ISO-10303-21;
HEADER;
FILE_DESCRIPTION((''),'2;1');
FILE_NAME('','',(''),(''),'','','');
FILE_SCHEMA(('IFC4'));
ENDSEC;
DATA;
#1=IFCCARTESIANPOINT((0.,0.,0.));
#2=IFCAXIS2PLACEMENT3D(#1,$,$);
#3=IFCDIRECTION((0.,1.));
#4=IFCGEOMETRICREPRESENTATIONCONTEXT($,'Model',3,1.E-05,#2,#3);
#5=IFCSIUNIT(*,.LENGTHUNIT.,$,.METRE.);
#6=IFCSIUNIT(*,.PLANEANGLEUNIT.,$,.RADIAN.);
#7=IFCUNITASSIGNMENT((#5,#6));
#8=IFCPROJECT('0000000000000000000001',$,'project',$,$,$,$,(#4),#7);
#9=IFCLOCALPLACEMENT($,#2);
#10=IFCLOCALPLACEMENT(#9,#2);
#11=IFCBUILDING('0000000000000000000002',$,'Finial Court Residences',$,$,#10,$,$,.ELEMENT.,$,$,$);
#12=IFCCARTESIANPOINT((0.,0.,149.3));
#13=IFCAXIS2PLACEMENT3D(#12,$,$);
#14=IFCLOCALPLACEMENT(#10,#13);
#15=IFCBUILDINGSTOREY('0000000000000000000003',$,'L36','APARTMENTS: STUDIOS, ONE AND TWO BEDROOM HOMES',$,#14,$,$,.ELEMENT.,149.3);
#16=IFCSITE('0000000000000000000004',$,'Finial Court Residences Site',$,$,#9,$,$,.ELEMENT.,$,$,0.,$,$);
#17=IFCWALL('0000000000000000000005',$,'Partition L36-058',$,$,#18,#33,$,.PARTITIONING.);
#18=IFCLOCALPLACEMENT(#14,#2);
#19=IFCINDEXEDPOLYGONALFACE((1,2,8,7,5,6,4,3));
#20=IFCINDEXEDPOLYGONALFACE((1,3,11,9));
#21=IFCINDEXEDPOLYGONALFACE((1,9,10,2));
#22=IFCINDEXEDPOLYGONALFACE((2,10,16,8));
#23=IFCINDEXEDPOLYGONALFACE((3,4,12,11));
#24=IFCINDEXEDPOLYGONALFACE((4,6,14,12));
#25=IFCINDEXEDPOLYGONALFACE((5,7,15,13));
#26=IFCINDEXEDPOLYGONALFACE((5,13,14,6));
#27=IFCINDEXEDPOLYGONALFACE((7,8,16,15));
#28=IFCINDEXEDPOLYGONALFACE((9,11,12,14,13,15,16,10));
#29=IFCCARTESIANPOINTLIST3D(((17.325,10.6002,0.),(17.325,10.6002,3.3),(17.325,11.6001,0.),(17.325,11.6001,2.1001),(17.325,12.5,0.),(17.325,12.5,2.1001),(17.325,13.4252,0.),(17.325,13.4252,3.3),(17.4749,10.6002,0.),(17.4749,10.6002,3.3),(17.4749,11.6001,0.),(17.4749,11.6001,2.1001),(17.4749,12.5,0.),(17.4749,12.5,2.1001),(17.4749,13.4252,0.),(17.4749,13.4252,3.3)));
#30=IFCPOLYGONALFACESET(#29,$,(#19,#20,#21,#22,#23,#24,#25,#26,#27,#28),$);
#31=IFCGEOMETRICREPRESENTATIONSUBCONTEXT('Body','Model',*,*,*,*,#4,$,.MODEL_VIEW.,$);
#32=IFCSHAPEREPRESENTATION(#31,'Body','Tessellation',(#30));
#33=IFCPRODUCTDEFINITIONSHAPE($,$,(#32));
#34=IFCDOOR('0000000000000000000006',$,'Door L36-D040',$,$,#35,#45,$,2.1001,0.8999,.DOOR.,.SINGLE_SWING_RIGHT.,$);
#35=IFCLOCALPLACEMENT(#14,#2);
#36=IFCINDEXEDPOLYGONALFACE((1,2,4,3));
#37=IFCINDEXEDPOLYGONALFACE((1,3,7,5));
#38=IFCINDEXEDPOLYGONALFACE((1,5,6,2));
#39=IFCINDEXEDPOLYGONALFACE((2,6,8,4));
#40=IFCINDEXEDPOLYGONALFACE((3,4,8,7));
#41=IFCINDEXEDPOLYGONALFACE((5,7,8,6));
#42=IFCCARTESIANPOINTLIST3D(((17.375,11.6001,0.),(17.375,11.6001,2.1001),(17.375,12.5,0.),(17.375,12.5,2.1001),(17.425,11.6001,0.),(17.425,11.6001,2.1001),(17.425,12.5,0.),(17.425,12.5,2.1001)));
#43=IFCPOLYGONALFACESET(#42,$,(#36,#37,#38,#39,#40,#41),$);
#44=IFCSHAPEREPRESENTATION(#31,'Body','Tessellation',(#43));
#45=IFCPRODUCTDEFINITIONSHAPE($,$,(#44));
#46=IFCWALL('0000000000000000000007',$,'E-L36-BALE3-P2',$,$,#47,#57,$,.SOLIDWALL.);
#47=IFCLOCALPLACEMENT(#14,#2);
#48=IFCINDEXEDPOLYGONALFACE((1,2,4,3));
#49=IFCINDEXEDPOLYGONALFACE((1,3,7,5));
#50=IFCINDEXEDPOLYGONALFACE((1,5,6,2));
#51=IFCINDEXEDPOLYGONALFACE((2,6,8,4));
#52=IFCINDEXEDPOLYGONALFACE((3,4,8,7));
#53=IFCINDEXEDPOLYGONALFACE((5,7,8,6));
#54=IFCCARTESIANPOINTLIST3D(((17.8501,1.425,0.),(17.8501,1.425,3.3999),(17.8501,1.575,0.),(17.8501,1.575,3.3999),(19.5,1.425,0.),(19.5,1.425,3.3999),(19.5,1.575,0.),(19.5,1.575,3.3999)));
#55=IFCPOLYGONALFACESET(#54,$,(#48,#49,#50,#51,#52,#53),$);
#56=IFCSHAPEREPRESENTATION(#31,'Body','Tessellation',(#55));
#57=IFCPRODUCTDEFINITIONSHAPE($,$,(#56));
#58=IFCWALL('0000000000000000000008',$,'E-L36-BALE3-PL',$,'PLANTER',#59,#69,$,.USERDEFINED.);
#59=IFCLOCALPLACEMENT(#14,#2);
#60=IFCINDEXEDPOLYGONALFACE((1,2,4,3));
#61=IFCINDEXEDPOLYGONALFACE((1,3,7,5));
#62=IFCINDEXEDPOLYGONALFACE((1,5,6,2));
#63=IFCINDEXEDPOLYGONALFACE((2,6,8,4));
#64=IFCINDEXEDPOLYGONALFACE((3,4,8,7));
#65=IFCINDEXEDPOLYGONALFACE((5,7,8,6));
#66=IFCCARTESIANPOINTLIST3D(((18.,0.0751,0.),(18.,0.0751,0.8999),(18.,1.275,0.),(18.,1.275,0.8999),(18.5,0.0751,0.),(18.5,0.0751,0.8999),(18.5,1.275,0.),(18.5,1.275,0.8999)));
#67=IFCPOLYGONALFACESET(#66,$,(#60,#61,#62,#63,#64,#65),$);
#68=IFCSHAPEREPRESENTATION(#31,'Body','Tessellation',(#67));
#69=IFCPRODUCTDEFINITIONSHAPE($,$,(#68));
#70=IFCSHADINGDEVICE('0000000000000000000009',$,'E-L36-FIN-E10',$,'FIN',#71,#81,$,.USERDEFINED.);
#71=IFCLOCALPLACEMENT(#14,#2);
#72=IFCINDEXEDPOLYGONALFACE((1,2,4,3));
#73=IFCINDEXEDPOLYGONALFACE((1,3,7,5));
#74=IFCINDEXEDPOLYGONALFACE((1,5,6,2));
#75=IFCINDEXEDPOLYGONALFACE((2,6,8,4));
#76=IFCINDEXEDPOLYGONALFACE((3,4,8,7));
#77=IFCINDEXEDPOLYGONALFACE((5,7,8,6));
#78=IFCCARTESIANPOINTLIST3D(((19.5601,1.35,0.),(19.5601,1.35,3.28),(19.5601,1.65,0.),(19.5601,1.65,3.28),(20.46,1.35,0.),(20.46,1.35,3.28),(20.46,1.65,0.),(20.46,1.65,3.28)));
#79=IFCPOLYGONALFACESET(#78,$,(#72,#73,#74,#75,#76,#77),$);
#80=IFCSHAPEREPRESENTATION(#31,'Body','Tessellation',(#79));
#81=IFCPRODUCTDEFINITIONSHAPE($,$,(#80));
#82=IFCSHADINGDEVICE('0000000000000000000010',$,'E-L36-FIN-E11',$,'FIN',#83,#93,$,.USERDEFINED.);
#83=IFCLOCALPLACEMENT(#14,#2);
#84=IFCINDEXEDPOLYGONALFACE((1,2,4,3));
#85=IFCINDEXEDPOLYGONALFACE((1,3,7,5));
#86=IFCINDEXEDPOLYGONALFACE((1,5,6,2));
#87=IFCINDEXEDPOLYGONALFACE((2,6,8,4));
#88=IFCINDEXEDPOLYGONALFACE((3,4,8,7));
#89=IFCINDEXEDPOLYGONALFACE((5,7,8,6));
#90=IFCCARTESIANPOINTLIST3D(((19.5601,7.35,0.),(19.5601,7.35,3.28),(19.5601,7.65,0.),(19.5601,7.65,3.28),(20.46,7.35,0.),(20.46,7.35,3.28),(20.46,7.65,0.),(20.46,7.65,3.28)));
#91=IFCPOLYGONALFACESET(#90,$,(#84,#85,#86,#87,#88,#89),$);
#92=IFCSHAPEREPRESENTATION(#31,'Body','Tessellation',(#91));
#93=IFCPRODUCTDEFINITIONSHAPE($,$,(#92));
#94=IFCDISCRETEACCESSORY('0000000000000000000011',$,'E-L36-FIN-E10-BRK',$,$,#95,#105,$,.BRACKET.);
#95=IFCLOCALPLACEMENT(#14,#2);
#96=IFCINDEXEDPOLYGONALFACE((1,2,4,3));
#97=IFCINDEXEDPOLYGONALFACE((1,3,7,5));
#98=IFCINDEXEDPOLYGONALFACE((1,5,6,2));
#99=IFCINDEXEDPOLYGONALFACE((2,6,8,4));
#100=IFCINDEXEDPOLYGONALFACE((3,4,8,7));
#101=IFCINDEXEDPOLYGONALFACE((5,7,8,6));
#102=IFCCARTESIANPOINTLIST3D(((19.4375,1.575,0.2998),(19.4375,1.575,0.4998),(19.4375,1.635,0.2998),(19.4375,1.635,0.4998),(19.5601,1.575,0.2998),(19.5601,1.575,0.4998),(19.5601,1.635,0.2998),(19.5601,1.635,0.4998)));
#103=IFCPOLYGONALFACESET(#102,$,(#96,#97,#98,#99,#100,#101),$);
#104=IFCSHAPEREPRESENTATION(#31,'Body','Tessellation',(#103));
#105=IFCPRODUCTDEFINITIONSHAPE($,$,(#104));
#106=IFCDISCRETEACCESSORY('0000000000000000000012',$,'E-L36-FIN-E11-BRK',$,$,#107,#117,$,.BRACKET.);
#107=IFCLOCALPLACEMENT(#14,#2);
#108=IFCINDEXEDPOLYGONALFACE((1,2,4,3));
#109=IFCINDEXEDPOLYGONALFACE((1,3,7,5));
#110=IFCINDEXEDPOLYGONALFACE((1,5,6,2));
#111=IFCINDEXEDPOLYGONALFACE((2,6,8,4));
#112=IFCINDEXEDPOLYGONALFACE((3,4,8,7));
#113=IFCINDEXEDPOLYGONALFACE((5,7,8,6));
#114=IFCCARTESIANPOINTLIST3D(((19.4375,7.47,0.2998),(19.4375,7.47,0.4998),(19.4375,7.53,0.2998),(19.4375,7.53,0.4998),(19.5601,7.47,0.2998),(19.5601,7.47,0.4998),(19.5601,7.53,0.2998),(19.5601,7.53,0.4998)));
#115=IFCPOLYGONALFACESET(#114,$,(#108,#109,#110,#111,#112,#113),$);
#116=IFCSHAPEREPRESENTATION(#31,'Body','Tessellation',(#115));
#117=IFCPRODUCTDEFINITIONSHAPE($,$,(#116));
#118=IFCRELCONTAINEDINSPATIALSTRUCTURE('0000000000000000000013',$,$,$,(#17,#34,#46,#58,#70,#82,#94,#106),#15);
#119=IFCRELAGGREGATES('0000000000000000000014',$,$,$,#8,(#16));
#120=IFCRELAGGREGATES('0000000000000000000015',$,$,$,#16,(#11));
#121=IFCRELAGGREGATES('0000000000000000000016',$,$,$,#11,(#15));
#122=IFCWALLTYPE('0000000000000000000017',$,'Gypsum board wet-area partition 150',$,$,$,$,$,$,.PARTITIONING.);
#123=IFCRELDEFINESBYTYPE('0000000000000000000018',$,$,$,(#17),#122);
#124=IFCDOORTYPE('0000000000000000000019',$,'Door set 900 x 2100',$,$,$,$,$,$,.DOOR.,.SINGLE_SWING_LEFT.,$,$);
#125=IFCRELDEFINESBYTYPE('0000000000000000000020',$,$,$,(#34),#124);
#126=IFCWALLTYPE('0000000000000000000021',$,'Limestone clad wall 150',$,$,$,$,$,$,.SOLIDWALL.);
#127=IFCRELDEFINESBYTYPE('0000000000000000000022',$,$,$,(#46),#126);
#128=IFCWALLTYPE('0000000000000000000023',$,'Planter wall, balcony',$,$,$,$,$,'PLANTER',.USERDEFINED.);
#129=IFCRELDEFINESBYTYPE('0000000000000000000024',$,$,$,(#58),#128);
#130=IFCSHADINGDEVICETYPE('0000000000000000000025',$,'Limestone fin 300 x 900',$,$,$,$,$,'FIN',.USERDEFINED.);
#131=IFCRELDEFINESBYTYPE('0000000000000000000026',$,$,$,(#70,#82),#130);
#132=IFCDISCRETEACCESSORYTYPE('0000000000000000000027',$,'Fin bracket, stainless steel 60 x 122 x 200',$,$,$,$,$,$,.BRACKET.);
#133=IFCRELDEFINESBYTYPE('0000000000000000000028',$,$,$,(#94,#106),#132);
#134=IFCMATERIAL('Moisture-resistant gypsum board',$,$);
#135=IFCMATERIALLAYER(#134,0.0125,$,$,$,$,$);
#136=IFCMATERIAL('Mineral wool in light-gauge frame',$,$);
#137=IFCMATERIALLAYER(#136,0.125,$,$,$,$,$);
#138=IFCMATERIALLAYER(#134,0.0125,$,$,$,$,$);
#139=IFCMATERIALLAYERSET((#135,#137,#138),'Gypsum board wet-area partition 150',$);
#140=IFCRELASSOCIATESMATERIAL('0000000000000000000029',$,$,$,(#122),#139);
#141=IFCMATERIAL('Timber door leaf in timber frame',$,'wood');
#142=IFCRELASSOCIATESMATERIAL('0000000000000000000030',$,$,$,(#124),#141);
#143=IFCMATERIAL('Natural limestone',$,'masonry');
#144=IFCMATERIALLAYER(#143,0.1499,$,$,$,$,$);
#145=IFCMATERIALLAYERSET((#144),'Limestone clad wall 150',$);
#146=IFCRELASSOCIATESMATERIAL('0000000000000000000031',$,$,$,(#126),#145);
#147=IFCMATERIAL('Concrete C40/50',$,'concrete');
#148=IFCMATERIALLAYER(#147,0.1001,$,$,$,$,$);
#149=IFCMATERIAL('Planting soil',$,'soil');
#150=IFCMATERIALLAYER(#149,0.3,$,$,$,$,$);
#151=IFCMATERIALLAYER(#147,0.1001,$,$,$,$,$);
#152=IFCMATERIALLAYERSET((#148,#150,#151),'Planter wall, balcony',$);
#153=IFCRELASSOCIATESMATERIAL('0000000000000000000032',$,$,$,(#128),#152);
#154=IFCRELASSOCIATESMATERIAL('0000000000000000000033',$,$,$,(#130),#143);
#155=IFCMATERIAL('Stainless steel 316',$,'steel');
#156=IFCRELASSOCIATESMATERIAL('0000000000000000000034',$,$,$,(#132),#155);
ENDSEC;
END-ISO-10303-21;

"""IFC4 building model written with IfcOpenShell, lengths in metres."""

from ifc_helpers import new_model, si_unit, direction, frame, frame_2d, origin, origin_2d, place, context, subcontext, project, spatial, rectangle, extrude, material, layer, layer_set, type_object, element, fill, save


model = new_model("IFC4")

# Units and contexts
model_context = context("Model", 3, precision=1e-05, world=origin(), true_north=direction((0.0, 1.0)))
body_context = subcontext(model_context, "Body", "Model", "MODEL_VIEW")
ifc_project = project(units=[si_unit("LENGTHUNIT", "METRE"), si_unit("PLANEANGLEUNIT", "RADIAN")], contexts=[model_context])

# Site, building, storey
site_placement = place(None, origin())
site = spatial("IfcSite", under=ifc_project, at=site_placement, Name="Finial Court Residences Site", CompositionType="ELEMENT", RefElevation=0.0)
building_placement = place(site_placement, origin())
building = spatial("IfcBuilding", under=site, at=building_placement, Name="Finial Court Residences", CompositionType="ELEMENT")
storey_placement = place(building_placement, frame((0.0, 0.0, 149.3)))
storey = spatial("IfcBuildingStorey", under=building, at=storey_placement, Name="L36", Description="APARTMENTS: STUDIOS, ONE AND TWO BEDROOM HOMES", CompositionType="ELEMENT", Elevation=149.3)

# Wall, opening, door
ifc_material_1 = material(Name="Moisture-resistant gypsum board")
ifc_layer_1 = layer(ifc_material_1, 0.0125)
ifc_material_2 = material(Name="Mineral wool in light-gauge frame")
ifc_layer_2 = layer(ifc_material_2, 0.125)
ifc_layer_3 = layer(ifc_material_1, 0.0125)
ifc_layer_set_1 = layer_set([ifc_layer_1, ifc_layer_2, ifc_layer_3], Name="Gypsum board wet-area partition 150")
wall_type_1 = type_object("IfcWallType", Name="Gypsum board wet-area partition 150", PredefinedType="PARTITIONING", material=ifc_layer_set_1)
ifc_material_3 = material(Name="Timber door leaf in timber frame", Category="wood")
door_type_1 = type_object("IfcDoorType", Name="Door set 900 x 2100", OperationType="SINGLE_SWING_LEFT", PredefinedType="DOOR", material=ifc_material_3)
wall_1_placement = place(storey_placement, frame((17.3999, 10.6001, 0.0), z_axis=(0.0, 0.0, 1.0), x_axis=(0.0, 1.0, 0.0)))
wall_1 = element("IfcWall", 1, at=wall_1_placement, inside=storey, type_object=wall_type_1, Name="Partition L36-058", PredefinedType="PARTITIONING", context=body_context, shape_type="SweptSolid", body=[
    extrude(rectangle(XDim=2.825, YDim=0.1499, at=frame_2d((1.4126, 0.0))), origin(), (0.0, 0.0, 1.0), 3.3),
])
opening_1_placement = place(wall_1_placement, frame((1.0, 0.0, 0.0)))
opening_1 = element("IfcOpeningElement", 2, at=opening_1_placement, cuts=wall_1, PredefinedType="OPENING", context=body_context, shape_type="SweptSolid", body=[
    extrude(rectangle(XDim=0.8999, YDim=2.1001, at=frame_2d((0.45, 1.05))), frame((0.0, 0.085, 0.0), z_axis=(0.0, -1.0, 0.0), x_axis=(1.0, 0.0, 0.0)), (0.0, 0.0, 1.0), 0.1699),
])
door_1_placement = place(opening_1_placement, origin())
door_1 = element("IfcDoor", 3, at=door_1_placement, inside=storey, type_object=door_type_1, Name="Door L36-D040", OperationType="SINGLE_SWING_RIGHT", OverallHeight=2.1001, OverallWidth=0.8999, PredefinedType="DOOR", context=body_context, shape_type="SweptSolid", body=[
    extrude(rectangle(XDim=0.8999, YDim=2.1001, at=frame_2d((0.45, 1.05))), frame((0.0, 0.0249, 0.0), z_axis=(0.0, -1.0, 0.0), x_axis=(1.0, 0.0, 0.0)), (0.0, 0.0, 1.0), 0.05),
])
fill(opening_1, door_1)

# Wall
ifc_material_4 = material(Name="Natural limestone", Category="masonry")
ifc_layer_4 = layer(ifc_material_4, 0.1499)
ifc_layer_set_2 = layer_set([ifc_layer_4], Name="Limestone clad wall 150")
wall_type_2 = type_object("IfcWallType", Name="Limestone clad wall 150", PredefinedType="SOLIDWALL", material=ifc_layer_set_2)
wall_2_placement = place(storey_placement, frame((17.8501, 1.5, 0.0), z_axis=(0.0, 0.0, 1.0), x_axis=(1.0, 0.0, 0.0)))
element("IfcWall", 4, at=wall_2_placement, inside=storey, type_object=wall_type_2, Name="E-L36-BALE3-P2", PredefinedType="SOLIDWALL", context=body_context, shape_type="SweptSolid", body=[
    extrude(rectangle(XDim=1.6499, YDim=0.1499, at=frame_2d((0.825, 0.0))), origin(), (0.0, 0.0, 1.0), 3.3999),
])

# Wall
ifc_material_5 = material(Name="Concrete C40/50", Category="concrete")
ifc_layer_5 = layer(ifc_material_5, 0.1001)
ifc_material_6 = material(Name="Planting soil", Category="soil")
ifc_layer_6 = layer(ifc_material_6, 0.3)
ifc_layer_7 = layer(ifc_material_5, 0.1001)
ifc_layer_set_3 = layer_set([ifc_layer_5, ifc_layer_6, ifc_layer_7], Name="Planter wall, balcony")
wall_type_3 = type_object("IfcWallType", Name="Planter wall, balcony", ElementType="PLANTER", PredefinedType="USERDEFINED", material=ifc_layer_set_3)
wall_3_placement = place(storey_placement, frame((18.25, 0.075, 0.0), z_axis=(0.0, 0.0, 1.0), x_axis=(0.0, 1.0, 0.0)))
element("IfcWall", 5, at=wall_3_placement, inside=storey, type_object=wall_type_3, Name="E-L36-BALE3-PL", ObjectType="PLANTER", PredefinedType="USERDEFINED", context=body_context, shape_type="SweptSolid", body=[
    extrude(rectangle(XDim=1.2, YDim=0.5, at=frame_2d((0.6001, 0.0))), origin(), (0.0, 0.0, 1.0), 0.8999),
])

# Shading devices
shading_device_type = type_object("IfcShadingDeviceType", Name="Limestone fin 300 x 900", ElementType="FIN", PredefinedType="USERDEFINED", material=ifc_material_4)
for number, where, z_axis, x_axis, name in (
    (6, (20.01, 1.5, 0.0), (0.0, 0.0, 1.0), (1.0, 0.0, 0.0), "E-L36-FIN-E10"),
    (7, (20.01, 7.5, 0.0), (0.0, 0.0, 1.0), (1.0, 0.0, 0.0), "E-L36-FIN-E11"),
):
    element("IfcShadingDevice", number, at=place(storey_placement, frame(where, z_axis=z_axis, x_axis=x_axis)), inside=storey, type_object=shading_device_type, Name=name, ObjectType="FIN", PredefinedType="USERDEFINED", context=body_context, shape_type="SweptSolid", body=[
        extrude(rectangle(XDim=0.8999, YDim=0.3, at=origin_2d()), origin(), (0.0, 0.0, 1.0), 3.28),
    ])

# Discrete accessories
ifc_material_7 = material(Name="Stainless steel 316", Category="steel")
discrete_accessory_type = type_object("IfcDiscreteAccessoryType", Name="Fin bracket, stainless steel 60 x 122 x 200", PredefinedType="BRACKET", material=ifc_material_7)
for number, where, z_axis, x_axis, name in (
    (8, (19.4988, 1.605, 0.2998), (0.0, 0.0, 1.0), (1.0, 0.0, 0.0), "E-L36-FIN-E10-BRK"),
    (9, (19.4988, 7.5, 0.2998), (0.0, 0.0, 1.0), (1.0, 0.0, 0.0), "E-L36-FIN-E11-BRK"),
):
    element("IfcDiscreteAccessory", number, at=place(storey_placement, frame(where, z_axis=z_axis, x_axis=x_axis)), inside=storey, type_object=discrete_accessory_type, Name=name, PredefinedType="BRACKET", context=body_context, shape_type="SweptSolid", body=[
        extrude(rectangle(XDim=0.1226, YDim=0.0601, at=origin_2d()), origin(), (0.0, 0.0, 1.0), 0.2),
    ])

save(model, "model.ifc")
